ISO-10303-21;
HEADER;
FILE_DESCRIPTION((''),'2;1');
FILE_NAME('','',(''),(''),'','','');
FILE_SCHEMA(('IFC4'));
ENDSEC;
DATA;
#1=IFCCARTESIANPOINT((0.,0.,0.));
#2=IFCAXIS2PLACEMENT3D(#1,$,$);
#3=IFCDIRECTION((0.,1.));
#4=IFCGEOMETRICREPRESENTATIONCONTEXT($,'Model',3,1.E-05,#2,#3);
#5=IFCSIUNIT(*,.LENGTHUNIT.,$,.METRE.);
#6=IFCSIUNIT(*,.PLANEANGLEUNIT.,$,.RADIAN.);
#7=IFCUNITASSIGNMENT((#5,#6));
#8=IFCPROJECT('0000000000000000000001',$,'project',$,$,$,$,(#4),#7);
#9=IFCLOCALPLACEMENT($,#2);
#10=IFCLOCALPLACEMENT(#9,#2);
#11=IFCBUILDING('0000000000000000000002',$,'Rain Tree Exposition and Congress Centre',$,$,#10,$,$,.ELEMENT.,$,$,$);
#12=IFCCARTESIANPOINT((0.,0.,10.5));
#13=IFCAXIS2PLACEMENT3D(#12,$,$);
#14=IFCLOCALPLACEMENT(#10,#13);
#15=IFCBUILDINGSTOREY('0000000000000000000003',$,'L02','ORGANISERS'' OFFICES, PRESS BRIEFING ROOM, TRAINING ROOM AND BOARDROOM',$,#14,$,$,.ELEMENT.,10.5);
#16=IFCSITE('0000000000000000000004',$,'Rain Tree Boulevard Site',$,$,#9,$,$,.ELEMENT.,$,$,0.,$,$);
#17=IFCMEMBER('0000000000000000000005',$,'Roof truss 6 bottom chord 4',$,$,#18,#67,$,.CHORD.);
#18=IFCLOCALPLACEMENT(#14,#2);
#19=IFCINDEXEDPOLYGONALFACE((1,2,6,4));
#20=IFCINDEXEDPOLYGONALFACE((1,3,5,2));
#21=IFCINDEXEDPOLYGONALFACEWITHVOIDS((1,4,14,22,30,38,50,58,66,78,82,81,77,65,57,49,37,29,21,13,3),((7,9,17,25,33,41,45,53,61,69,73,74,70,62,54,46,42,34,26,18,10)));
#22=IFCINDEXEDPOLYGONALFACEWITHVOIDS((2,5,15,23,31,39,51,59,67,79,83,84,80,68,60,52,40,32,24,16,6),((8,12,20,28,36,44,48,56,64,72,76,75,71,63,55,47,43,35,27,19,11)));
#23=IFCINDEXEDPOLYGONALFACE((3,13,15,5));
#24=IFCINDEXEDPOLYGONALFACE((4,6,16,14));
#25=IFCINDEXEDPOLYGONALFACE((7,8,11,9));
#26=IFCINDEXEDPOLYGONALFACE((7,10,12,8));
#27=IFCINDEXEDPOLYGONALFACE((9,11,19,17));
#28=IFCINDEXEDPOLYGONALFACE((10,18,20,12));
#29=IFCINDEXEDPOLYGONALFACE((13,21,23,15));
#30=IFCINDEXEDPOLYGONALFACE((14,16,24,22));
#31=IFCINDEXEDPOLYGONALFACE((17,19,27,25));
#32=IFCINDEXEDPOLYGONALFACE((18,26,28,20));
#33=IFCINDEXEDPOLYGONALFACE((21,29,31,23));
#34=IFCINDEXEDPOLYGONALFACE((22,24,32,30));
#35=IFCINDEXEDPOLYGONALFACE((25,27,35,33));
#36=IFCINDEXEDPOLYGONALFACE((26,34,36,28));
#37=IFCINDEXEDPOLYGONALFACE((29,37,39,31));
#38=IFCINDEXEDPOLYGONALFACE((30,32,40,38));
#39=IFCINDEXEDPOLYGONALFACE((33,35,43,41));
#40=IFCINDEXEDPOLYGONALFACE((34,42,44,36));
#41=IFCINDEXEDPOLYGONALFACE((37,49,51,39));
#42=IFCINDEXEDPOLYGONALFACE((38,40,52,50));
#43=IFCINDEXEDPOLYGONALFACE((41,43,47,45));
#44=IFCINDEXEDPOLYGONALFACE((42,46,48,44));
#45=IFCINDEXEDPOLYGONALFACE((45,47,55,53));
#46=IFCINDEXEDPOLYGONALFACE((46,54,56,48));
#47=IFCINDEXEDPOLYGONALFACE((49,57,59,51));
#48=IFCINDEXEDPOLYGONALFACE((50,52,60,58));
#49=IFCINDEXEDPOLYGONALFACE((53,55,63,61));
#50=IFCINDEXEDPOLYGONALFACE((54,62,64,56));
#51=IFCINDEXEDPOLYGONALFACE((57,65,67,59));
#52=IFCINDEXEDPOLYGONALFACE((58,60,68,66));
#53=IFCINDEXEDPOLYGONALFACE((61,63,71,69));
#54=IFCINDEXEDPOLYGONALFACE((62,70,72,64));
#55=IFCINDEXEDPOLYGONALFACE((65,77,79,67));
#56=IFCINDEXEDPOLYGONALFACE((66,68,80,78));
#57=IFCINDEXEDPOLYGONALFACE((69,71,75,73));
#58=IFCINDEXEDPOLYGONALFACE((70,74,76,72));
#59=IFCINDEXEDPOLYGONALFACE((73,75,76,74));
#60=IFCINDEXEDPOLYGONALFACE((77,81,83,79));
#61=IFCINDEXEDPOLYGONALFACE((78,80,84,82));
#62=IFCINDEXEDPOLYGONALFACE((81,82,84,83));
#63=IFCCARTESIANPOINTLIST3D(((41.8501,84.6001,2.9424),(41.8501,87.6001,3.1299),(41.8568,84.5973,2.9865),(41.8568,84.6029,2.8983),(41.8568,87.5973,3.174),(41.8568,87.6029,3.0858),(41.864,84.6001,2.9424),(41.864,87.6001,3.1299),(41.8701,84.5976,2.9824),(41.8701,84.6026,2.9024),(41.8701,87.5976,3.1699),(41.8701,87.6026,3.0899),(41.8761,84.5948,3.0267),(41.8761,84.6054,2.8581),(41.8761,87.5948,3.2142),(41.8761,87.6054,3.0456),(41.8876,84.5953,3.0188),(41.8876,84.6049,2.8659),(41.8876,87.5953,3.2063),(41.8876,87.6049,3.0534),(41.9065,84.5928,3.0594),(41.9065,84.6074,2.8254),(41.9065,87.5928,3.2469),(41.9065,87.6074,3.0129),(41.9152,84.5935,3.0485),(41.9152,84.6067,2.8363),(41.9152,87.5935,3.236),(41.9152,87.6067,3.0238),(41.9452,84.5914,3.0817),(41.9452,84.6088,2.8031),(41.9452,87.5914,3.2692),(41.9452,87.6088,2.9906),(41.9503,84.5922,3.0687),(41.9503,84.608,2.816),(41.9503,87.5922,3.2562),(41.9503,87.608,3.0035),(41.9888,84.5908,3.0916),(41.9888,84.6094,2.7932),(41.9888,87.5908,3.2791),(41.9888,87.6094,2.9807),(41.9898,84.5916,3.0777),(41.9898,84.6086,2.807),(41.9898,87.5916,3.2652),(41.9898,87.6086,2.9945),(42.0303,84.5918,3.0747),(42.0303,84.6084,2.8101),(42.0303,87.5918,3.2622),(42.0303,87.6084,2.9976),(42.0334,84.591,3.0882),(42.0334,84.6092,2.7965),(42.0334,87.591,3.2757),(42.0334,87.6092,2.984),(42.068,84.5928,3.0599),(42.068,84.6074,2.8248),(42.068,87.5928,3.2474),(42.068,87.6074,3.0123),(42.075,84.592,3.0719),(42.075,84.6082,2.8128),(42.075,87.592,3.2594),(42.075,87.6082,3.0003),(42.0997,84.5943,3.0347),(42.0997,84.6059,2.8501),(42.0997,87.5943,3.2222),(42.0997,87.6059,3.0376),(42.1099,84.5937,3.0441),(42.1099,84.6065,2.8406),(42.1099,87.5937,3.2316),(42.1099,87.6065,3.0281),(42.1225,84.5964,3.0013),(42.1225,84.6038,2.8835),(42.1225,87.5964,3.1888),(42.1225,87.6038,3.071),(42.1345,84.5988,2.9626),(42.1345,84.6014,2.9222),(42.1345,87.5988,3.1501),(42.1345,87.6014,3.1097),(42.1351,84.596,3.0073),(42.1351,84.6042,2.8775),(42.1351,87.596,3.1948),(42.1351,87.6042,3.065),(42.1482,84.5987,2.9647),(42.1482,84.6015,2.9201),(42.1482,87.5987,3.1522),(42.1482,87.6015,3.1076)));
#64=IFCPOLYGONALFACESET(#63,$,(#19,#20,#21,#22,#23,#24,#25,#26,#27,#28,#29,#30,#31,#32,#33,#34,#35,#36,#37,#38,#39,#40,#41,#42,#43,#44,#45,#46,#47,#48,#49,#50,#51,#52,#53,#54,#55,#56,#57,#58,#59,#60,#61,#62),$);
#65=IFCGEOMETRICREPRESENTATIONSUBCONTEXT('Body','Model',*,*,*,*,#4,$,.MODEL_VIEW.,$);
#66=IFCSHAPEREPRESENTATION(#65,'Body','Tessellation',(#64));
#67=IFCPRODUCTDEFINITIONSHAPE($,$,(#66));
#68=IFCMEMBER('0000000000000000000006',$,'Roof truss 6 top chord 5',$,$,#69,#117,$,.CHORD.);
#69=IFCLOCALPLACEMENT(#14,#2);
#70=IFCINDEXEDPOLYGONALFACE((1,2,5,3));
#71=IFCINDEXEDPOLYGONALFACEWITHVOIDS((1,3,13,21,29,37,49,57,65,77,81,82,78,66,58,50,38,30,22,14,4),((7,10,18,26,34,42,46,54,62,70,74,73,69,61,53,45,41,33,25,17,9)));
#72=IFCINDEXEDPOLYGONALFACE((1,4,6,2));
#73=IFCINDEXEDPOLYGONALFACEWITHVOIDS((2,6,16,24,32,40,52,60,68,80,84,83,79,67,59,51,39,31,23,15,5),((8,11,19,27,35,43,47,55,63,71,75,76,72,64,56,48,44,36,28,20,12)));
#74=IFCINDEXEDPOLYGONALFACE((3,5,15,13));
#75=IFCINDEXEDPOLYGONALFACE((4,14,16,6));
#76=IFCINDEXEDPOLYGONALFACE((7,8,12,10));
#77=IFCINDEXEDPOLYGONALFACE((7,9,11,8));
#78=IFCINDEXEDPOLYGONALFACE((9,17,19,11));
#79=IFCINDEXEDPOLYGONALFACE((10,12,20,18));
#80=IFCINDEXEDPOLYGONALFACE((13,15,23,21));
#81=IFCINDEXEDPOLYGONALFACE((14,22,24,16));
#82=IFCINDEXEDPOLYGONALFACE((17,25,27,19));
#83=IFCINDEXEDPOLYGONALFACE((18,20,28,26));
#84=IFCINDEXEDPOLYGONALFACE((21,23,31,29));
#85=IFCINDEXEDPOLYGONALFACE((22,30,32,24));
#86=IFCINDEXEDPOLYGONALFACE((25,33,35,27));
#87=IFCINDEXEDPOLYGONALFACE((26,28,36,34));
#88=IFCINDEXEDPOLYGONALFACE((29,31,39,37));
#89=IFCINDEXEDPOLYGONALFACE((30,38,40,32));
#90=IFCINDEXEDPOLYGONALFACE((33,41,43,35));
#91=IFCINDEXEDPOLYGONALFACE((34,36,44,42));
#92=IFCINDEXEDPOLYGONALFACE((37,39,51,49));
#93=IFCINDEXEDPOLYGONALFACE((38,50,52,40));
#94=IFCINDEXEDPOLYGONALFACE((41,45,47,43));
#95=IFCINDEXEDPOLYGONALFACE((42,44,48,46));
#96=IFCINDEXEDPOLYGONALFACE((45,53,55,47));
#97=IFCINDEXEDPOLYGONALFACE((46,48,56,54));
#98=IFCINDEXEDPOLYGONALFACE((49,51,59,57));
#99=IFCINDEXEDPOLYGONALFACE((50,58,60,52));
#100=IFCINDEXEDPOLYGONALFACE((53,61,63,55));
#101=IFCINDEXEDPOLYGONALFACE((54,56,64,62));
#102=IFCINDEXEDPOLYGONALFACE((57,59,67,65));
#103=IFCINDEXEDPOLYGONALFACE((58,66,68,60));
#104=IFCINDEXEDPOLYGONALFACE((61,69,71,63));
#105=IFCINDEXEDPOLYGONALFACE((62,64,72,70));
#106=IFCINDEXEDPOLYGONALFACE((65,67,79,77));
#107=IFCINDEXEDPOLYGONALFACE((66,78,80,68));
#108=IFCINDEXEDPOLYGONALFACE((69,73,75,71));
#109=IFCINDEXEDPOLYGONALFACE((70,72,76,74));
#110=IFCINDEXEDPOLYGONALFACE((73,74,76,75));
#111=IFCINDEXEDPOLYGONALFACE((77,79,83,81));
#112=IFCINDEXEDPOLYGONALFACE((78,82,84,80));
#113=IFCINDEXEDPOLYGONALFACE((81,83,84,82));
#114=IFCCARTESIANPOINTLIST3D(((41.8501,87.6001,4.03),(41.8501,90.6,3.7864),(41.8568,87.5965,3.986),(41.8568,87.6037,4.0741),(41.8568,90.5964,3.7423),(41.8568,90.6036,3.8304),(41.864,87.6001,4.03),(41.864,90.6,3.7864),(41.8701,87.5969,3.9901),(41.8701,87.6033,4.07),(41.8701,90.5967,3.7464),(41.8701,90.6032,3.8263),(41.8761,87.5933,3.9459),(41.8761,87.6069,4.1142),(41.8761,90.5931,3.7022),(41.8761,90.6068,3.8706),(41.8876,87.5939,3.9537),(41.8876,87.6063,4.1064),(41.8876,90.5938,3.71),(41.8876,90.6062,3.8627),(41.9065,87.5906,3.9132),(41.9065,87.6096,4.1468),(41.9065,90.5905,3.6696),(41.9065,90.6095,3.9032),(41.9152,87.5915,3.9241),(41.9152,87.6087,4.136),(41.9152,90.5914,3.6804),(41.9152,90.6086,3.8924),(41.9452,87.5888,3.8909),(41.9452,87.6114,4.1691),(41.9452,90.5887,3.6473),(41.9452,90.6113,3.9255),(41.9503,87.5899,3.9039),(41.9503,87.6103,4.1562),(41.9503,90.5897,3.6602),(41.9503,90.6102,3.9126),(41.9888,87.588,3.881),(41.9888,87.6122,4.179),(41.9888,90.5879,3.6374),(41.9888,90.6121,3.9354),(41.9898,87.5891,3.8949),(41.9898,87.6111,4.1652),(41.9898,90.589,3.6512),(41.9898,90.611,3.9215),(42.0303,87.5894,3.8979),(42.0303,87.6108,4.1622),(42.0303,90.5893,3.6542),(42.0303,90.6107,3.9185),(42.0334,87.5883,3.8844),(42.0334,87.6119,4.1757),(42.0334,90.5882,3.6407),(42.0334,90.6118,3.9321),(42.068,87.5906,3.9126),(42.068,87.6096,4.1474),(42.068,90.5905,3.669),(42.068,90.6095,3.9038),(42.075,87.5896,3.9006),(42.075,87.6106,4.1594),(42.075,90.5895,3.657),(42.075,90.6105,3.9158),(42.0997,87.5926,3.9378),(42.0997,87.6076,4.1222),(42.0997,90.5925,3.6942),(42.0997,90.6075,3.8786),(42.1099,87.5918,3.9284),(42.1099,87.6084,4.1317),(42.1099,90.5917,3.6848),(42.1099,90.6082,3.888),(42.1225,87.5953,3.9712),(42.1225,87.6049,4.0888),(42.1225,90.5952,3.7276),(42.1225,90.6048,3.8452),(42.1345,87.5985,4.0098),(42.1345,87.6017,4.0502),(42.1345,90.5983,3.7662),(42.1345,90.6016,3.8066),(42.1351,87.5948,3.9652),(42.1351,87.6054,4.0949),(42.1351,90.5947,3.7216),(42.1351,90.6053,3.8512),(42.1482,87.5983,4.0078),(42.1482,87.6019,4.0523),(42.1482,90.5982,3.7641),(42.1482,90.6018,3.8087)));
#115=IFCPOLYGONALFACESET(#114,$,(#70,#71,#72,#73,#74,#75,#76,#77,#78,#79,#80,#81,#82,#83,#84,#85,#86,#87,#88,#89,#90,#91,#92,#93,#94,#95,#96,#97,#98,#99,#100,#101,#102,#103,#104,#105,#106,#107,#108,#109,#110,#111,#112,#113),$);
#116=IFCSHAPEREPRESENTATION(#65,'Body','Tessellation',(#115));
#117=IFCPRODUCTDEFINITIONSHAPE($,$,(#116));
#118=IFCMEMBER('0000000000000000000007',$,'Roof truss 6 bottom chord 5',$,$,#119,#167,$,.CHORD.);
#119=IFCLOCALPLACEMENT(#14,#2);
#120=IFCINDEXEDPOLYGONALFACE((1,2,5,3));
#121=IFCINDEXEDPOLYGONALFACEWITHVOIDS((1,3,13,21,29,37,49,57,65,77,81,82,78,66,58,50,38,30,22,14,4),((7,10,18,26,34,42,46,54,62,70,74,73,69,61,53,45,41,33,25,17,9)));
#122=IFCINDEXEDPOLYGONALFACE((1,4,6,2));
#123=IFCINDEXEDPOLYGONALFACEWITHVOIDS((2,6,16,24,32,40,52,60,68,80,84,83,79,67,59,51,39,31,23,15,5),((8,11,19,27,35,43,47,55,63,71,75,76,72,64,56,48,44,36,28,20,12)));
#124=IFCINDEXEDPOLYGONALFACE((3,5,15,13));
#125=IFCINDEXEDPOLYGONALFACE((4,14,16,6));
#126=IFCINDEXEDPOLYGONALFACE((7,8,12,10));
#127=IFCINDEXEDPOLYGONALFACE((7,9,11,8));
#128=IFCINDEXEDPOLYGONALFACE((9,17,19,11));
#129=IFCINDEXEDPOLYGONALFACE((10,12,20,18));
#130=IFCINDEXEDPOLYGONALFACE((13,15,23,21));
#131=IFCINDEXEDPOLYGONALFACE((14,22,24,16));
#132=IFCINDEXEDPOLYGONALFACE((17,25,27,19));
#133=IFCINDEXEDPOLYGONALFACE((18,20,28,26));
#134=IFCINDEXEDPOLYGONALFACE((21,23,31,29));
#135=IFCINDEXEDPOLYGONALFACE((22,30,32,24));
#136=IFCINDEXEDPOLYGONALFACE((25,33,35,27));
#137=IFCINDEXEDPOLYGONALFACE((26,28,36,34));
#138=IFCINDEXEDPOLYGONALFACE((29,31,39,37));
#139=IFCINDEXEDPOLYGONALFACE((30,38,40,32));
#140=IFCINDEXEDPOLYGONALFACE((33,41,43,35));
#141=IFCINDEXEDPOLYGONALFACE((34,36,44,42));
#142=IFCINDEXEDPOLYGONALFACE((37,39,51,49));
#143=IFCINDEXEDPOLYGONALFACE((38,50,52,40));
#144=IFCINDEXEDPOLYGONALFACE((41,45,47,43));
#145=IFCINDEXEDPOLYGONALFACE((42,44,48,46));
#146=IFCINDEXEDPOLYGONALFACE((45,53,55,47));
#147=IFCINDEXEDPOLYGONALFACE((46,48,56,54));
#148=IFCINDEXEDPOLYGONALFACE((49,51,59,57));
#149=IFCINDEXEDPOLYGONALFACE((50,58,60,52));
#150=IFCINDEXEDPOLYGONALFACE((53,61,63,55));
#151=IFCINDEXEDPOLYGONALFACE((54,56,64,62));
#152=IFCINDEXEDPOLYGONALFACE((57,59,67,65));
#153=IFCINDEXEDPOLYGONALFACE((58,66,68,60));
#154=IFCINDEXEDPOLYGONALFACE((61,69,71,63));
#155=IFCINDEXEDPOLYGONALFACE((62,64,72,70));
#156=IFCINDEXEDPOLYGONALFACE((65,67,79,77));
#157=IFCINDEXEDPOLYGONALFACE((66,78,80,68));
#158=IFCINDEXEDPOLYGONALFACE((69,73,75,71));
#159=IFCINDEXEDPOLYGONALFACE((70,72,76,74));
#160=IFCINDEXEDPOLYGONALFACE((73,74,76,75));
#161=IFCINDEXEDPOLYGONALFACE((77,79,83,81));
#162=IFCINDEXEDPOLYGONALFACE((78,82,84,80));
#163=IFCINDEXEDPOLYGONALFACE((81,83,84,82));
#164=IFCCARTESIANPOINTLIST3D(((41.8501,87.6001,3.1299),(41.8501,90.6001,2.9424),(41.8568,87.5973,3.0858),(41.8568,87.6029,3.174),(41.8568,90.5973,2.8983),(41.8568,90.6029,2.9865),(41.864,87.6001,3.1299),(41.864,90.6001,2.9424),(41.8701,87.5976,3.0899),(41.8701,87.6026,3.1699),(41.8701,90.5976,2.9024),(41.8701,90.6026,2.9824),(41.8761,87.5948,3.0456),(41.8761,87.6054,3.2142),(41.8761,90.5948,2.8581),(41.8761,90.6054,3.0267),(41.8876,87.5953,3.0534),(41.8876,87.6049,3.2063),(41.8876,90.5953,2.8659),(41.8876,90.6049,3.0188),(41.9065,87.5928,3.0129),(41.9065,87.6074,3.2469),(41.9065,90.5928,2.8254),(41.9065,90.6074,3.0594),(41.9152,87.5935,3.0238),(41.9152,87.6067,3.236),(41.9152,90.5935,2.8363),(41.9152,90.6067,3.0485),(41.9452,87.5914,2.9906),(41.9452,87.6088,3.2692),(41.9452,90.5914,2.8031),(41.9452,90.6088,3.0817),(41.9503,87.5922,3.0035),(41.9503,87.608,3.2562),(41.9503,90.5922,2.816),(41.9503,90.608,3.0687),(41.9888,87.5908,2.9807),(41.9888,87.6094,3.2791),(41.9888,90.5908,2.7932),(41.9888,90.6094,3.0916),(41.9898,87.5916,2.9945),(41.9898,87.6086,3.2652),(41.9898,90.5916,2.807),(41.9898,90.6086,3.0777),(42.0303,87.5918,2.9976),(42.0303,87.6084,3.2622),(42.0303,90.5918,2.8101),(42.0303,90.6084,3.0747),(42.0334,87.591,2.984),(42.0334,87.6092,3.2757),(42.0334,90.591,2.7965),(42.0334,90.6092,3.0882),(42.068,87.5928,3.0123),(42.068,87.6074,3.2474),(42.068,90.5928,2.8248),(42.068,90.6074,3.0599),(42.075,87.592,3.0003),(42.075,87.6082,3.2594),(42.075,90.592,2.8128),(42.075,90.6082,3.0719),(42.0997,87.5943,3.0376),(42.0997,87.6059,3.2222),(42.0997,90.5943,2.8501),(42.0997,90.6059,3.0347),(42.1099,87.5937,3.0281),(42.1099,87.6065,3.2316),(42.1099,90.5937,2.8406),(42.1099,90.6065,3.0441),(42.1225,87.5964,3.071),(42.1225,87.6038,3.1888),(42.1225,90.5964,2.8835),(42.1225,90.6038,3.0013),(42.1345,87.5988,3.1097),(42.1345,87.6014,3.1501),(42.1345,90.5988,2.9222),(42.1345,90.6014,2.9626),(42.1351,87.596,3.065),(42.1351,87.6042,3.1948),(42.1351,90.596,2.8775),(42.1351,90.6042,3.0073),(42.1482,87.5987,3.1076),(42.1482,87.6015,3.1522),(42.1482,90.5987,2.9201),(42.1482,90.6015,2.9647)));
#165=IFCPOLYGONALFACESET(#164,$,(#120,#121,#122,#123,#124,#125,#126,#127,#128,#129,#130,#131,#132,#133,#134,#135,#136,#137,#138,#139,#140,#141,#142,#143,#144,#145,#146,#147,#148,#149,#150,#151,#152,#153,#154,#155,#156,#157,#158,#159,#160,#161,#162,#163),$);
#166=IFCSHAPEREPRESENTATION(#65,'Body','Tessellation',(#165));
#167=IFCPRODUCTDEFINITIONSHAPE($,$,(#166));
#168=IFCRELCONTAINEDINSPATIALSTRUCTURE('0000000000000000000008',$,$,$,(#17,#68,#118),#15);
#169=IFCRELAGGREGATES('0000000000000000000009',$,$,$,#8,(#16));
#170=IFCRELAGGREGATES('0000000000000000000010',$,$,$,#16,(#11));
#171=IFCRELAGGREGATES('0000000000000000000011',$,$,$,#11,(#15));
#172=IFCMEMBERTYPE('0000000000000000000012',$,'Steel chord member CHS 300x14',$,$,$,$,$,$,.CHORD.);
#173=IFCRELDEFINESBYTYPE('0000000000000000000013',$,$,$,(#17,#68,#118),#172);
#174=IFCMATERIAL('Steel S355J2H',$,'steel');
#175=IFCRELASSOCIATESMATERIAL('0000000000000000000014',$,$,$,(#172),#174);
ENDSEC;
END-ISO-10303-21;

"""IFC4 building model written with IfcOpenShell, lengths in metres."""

from ifc_helpers import new_model, si_unit, direction, frame, origin, origin_2d, place, context, subcontext, project, spatial, hollow_circle, extrude, material, material_profile, profile_set, type_object, element, save


model = new_model("IFC4")

# Units and contexts
model_context = context("Model", 3, precision=1e-05, world=origin(), true_north=direction((0.0, 1.0)))
body_context = subcontext(model_context, "Body", "Model", "MODEL_VIEW")
ifc_project = project(units=[si_unit("LENGTHUNIT", "METRE"), si_unit("PLANEANGLEUNIT", "RADIAN")], contexts=[model_context])

# Site, building, storey
site_placement = place(None, origin())
site = spatial("IfcSite", under=ifc_project, at=site_placement, Name="Rain Tree Boulevard Site", CompositionType="ELEMENT", RefElevation=0.0)
building_placement = place(site_placement, origin())
building = spatial("IfcBuilding", under=site, at=building_placement, Name="Rain Tree Exposition and Congress Centre", CompositionType="ELEMENT")
storey_placement = place(building_placement, frame((0.0, 0.0, 10.5)))
storey = spatial("IfcBuildingStorey", under=building, at=storey_placement, Name="L02", Description="ORGANISERS' OFFICES, PRESS BRIEFING ROOM, TRAINING ROOM AND BOARDROOM", CompositionType="ELEMENT", Elevation=10.5)

# Members
ifc_material_1 = material(Name="Steel S355J2H", Category="steel")
ifc_material_profile_1 = material_profile(ifc_material_1, hollow_circle(Radius=0.1499, WallThickness=0.0139, at=origin_2d()), Name="CHS 300x14")
ifc_profile_set_1 = profile_set([ifc_material_profile_1], Name="Steel S355J2H")
member_type_1 = type_object("IfcMemberType", Name="Steel chord member CHS 300x14", PredefinedType="CHORD", material=ifc_profile_set_1)
member_1_placement = place(storey_placement, frame((42.0, 84.6001, 2.9424), z_axis=(0.0, 0.998053, 0.062378), x_axis=(-1.0, 0.0, 0.0)))
element("IfcMember", 1, at=member_1_placement, inside=storey, type_object=member_type_1, Name="Roof truss 6 bottom chord 4", PredefinedType="CHORD", context=body_context, shape_type="SweptSolid", body=[
    extrude(hollow_circle(Radius=0.1499, WallThickness=0.0139, at=origin_2d()), origin(), (0.0, 0.0, 1.0), 3.0059),
])
member_2_placement = place(storey_placement, frame((42.0, 87.6001, 4.03), z_axis=(0.0, 0.996718, -0.080951), x_axis=(-1.0, 0.0, 0.0)))
element("IfcMember", 2, at=member_2_placement, inside=storey, type_object=member_type_1, Name="Roof truss 6 top chord 5", PredefinedType="CHORD", context=body_context, shape_type="SweptSolid", body=[
    extrude(hollow_circle(Radius=0.1499, WallThickness=0.0139, at=origin_2d()), origin(), (0.0, 0.0, 1.0), 3.0098),
])
member_3_placement = place(storey_placement, frame((42.0, 87.6001, 3.1299), z_axis=(0.0, 0.998053, -0.062378), x_axis=(-1.0, 0.0, 0.0)))
element("IfcMember", 3, at=member_3_placement, inside=storey, type_object=member_type_1, Name="Roof truss 6 bottom chord 5", PredefinedType="CHORD", context=body_context, shape_type="SweptSolid", body=[
    extrude(hollow_circle(Radius=0.1499, WallThickness=0.0139, at=origin_2d()), origin(), (0.0, 0.0, 1.0), 3.0059),
])

save(model, "model.ifc")
